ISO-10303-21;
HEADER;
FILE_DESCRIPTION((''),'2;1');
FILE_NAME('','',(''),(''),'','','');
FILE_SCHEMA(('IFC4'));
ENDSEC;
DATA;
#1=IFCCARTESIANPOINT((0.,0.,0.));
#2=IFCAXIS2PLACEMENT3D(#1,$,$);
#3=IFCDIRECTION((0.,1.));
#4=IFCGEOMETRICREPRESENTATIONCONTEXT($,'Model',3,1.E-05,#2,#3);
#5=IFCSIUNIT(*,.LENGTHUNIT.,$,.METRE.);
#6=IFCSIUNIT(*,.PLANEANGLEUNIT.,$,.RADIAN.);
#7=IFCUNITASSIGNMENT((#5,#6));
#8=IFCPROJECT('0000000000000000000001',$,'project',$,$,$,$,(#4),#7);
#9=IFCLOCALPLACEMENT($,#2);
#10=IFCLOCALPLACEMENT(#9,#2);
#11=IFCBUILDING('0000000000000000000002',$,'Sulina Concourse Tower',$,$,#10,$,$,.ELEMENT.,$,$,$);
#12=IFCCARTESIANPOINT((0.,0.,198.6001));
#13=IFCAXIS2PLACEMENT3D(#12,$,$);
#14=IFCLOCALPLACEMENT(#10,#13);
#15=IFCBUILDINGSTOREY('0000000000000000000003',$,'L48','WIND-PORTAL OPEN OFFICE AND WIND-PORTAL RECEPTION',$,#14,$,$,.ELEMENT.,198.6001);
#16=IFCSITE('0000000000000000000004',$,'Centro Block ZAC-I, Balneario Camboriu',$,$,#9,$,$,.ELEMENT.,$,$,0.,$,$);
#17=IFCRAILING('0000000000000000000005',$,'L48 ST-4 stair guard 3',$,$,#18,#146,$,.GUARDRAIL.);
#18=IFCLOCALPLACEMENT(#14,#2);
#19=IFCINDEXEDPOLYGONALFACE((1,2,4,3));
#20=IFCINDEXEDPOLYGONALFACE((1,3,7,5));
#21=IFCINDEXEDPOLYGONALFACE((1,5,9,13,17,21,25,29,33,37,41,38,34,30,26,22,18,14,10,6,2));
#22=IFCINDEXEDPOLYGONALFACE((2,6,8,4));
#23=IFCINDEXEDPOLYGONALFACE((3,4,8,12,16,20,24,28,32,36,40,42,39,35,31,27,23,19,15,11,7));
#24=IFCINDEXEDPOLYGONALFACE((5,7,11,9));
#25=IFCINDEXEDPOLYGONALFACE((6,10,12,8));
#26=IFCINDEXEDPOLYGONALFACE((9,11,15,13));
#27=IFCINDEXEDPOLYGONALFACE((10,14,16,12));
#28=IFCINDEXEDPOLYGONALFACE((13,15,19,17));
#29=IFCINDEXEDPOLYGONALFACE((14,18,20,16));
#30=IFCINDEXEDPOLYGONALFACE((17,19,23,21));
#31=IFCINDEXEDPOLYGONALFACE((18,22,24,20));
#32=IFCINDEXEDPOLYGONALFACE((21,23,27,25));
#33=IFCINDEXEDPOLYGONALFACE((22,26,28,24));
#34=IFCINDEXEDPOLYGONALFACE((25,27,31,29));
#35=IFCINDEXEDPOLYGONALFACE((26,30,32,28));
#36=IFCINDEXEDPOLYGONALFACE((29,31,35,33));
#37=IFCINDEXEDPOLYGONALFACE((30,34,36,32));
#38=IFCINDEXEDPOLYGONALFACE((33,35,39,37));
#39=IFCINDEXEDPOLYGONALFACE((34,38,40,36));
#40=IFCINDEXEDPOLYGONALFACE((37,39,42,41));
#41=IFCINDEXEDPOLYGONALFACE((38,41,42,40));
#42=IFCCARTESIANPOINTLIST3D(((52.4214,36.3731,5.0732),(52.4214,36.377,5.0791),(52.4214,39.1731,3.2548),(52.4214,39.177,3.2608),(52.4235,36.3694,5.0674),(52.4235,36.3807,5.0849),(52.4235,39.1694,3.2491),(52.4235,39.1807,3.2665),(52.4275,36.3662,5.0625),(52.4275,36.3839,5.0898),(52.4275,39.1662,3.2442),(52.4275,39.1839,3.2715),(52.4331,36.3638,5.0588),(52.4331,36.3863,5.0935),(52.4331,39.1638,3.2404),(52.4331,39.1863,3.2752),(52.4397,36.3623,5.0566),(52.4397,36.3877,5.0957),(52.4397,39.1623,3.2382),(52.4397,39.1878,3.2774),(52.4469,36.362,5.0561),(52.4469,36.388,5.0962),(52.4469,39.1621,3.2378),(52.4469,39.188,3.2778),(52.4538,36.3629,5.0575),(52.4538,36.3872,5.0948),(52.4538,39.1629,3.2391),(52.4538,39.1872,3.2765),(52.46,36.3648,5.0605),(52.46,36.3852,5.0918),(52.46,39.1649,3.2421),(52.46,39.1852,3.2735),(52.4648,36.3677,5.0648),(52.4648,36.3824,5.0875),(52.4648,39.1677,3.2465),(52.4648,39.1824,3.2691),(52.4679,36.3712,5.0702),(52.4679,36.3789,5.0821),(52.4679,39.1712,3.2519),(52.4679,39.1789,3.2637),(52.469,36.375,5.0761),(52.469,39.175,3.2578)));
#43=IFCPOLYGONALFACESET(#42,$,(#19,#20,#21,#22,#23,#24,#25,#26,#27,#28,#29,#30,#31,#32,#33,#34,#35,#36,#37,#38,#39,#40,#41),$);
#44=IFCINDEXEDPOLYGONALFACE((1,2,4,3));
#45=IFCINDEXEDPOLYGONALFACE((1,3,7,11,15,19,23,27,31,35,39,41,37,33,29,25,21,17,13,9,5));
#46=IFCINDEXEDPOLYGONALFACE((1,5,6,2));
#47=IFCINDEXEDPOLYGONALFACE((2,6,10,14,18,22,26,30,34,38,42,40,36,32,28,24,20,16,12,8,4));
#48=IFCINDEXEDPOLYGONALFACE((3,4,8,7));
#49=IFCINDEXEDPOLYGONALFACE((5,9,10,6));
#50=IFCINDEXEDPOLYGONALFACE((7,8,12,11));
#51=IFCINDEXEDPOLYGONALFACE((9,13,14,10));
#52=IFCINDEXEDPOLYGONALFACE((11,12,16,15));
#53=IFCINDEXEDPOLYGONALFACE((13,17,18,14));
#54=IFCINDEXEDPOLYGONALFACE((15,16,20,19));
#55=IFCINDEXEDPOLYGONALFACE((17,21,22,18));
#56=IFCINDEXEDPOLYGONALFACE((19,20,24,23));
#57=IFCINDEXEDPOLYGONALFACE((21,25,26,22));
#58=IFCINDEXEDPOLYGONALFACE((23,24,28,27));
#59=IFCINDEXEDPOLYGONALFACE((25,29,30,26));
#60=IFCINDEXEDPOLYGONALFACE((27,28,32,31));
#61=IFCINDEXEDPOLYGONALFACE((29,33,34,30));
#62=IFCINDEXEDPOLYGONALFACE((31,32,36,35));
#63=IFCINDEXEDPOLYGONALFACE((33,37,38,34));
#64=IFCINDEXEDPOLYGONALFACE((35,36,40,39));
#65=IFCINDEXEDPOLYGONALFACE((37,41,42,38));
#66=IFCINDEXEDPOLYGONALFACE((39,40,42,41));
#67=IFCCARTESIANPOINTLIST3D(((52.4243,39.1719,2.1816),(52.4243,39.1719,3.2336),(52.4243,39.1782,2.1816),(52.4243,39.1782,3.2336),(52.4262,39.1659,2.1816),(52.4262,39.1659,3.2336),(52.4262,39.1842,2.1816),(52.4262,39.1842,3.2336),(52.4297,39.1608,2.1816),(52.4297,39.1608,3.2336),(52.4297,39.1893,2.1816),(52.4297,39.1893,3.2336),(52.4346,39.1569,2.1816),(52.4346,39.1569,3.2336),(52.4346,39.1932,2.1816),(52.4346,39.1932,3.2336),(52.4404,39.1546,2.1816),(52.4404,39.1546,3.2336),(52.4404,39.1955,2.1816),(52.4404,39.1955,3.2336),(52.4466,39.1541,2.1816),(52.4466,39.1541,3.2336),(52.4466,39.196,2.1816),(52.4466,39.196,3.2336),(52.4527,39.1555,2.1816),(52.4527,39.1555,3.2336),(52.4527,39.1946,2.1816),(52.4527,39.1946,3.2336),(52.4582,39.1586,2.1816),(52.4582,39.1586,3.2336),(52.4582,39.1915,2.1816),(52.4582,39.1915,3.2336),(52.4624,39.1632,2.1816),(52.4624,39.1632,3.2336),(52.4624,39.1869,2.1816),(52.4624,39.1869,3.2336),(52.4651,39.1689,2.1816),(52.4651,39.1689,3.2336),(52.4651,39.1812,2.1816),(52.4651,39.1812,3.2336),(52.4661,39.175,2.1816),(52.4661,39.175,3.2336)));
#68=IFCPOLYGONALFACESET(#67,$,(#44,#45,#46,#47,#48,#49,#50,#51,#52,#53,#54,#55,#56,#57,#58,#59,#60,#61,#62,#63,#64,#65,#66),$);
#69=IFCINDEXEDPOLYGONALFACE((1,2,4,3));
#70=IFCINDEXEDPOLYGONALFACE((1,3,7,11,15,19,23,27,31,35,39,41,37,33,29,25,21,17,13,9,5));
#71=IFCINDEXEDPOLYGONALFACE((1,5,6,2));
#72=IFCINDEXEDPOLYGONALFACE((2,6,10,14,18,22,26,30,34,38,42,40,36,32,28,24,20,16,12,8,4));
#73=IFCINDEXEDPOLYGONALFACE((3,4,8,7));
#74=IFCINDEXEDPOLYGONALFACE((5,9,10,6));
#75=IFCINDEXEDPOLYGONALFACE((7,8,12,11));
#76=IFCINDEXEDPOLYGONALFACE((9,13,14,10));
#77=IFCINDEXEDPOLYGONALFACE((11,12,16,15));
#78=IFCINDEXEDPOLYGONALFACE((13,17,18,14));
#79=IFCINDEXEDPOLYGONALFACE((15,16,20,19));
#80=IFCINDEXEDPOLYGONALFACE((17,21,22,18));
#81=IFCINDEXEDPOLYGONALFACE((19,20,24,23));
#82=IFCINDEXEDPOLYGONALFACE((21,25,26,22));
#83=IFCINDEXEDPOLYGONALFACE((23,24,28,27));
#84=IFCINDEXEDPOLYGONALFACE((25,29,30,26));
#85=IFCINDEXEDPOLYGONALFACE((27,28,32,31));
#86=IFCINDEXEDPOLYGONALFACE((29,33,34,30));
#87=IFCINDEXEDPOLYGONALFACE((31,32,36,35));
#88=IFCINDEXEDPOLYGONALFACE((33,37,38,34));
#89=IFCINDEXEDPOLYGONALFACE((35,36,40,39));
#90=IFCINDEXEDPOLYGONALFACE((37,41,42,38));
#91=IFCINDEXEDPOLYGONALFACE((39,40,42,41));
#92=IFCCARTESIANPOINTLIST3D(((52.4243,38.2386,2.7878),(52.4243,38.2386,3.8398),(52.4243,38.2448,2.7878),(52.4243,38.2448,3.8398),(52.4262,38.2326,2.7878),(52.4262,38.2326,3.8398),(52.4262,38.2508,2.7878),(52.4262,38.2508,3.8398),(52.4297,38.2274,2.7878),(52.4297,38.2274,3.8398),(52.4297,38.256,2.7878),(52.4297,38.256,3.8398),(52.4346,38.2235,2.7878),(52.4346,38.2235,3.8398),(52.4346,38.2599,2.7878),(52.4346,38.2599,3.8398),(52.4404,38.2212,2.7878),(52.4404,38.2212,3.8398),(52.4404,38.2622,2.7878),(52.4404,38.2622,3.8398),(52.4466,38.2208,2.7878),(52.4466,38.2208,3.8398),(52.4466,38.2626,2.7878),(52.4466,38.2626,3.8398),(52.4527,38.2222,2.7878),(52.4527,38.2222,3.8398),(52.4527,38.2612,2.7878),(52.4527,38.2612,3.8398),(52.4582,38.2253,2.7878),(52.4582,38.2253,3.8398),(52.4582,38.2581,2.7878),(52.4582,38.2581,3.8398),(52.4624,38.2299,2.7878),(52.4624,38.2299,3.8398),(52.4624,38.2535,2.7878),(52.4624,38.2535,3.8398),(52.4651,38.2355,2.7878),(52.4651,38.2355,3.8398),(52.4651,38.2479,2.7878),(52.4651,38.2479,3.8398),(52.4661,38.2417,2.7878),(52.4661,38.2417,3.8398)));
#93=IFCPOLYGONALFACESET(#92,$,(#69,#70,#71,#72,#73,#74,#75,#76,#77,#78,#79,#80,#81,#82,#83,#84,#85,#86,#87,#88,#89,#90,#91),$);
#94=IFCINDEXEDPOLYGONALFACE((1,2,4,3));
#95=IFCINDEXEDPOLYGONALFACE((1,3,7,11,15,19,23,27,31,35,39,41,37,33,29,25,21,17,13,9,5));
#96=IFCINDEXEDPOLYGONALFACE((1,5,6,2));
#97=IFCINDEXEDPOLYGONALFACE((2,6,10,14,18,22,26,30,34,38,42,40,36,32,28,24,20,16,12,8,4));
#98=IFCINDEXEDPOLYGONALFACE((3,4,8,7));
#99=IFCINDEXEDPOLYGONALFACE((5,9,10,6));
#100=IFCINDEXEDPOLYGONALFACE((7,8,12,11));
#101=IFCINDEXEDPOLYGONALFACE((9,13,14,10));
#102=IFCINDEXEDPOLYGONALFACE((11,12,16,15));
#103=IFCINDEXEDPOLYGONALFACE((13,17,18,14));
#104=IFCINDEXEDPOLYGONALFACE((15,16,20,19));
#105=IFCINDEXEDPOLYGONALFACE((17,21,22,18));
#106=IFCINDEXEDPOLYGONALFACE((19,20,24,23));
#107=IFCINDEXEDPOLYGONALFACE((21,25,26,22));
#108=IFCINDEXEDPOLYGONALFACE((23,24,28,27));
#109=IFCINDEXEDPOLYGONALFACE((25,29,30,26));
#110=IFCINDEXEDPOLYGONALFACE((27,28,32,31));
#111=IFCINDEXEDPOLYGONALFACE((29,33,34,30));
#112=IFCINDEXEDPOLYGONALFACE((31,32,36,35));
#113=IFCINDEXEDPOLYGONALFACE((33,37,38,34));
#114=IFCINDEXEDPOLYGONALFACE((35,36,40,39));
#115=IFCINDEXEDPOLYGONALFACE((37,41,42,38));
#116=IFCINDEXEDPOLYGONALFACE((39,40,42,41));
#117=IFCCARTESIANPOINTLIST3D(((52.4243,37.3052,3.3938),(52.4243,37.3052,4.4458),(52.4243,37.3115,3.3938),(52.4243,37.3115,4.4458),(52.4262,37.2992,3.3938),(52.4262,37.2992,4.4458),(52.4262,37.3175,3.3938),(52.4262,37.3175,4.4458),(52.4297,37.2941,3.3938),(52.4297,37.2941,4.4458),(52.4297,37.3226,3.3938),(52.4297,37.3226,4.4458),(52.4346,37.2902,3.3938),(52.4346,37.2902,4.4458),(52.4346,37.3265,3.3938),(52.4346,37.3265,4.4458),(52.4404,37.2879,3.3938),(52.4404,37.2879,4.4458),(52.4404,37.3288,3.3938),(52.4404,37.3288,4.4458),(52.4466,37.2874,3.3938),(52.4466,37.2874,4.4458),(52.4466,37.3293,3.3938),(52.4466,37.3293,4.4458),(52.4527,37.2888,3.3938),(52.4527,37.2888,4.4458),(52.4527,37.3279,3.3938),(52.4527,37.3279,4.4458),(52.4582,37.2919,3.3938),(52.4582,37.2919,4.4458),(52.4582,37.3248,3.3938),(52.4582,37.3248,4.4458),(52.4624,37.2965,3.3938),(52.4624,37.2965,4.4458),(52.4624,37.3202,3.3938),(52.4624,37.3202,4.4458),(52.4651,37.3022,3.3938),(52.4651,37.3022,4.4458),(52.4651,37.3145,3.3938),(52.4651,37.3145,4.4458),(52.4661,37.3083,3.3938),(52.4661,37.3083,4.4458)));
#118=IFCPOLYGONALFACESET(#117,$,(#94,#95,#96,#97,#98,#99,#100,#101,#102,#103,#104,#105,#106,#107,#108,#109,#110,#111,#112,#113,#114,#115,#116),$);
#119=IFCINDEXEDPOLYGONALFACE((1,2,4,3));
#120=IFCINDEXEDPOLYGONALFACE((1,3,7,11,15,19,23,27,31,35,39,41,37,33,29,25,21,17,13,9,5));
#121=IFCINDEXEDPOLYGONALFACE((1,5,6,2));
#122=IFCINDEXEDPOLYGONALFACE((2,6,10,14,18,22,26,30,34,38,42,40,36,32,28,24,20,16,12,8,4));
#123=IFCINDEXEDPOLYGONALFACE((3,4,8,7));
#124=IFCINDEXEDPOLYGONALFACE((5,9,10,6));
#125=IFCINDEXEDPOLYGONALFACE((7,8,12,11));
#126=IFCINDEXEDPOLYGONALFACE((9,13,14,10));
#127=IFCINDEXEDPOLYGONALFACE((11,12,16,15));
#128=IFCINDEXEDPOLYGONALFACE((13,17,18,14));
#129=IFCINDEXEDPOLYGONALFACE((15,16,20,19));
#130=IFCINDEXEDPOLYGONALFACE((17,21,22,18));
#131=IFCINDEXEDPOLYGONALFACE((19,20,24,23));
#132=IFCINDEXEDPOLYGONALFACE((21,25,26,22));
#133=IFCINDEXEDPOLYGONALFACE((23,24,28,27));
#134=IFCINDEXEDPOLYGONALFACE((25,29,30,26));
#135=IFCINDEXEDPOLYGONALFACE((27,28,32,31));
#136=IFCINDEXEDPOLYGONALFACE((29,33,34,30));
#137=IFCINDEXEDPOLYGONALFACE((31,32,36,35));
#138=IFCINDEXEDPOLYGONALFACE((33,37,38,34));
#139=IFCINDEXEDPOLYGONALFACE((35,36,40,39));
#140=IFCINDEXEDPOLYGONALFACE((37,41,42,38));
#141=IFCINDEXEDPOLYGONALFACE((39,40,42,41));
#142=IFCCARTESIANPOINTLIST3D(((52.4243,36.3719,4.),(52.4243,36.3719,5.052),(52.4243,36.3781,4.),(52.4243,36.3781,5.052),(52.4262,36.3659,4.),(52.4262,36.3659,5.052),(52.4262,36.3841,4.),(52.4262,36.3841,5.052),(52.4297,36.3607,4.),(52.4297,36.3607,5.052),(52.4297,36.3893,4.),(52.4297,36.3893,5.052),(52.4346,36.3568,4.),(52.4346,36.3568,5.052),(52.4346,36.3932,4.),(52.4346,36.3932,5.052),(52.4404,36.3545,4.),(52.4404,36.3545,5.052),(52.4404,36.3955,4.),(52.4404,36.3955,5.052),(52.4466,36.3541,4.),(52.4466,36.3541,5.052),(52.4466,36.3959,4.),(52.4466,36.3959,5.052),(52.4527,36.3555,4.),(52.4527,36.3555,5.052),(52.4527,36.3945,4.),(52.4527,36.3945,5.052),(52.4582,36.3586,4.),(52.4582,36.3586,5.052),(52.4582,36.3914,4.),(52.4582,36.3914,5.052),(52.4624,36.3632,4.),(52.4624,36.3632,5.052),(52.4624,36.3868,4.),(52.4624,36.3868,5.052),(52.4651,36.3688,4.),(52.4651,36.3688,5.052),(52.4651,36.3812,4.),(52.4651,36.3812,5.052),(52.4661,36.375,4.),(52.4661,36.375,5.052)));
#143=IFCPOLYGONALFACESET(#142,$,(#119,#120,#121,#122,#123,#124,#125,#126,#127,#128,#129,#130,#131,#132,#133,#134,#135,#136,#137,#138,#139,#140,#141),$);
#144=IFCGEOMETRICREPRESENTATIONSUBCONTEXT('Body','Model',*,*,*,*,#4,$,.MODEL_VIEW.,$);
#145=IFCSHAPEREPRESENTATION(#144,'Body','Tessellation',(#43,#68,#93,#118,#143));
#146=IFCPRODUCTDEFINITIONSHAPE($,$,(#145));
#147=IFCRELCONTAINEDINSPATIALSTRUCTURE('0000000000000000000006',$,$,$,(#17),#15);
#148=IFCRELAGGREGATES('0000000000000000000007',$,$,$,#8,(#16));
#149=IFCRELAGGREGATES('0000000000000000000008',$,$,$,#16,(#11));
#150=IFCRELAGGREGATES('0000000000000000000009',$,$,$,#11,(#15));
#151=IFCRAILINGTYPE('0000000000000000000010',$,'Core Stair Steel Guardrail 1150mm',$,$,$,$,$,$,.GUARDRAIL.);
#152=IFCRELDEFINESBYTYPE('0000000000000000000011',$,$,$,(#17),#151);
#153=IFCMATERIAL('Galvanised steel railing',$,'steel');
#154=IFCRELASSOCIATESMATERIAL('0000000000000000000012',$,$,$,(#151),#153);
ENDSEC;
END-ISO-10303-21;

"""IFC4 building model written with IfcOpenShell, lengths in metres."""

from ifc_helpers import new_model, si_unit, direction, frame, origin, origin_2d, place, context, subcontext, project, spatial, circle, extrude, material, type_object, element, save


model = new_model("IFC4")

# Units and contexts
model_context = context("Model", 3, precision=1e-05, world=origin(), true_north=direction((0.0, 1.0)))
body_context = subcontext(model_context, "Body", "Model", "MODEL_VIEW")
ifc_project = project(units=[si_unit("LENGTHUNIT", "METRE"), si_unit("PLANEANGLEUNIT", "RADIAN")], contexts=[model_context])

# Site, building, storey
site_placement = place(None, origin())
site = spatial("IfcSite", under=ifc_project, at=site_placement, Name="Centro Block ZAC-I, Balneario Camboriu", CompositionType="ELEMENT", RefElevation=0.0)
building_placement = place(site_placement, origin())
building = spatial("IfcBuilding", under=site, at=building_placement, Name="Sulina Concourse Tower", CompositionType="ELEMENT")
storey_placement = place(building_placement, frame((0.0, 0.0, 198.6001)))
storey = spatial("IfcBuildingStorey", under=building, at=storey_placement, Name="L48", Description="WIND-PORTAL OPEN OFFICE AND WIND-PORTAL RECEPTION", CompositionType="ELEMENT", Elevation=198.6001)

# Railing
ifc_material_1 = material(Name="Galvanised steel railing", Category="steel")
railing_type_1 = type_object("IfcRailingType", Name="Core Stair Steel Guardrail 1150mm", PredefinedType="GUARDRAIL", material=ifc_material_1)
railing_1_placement = place(storey_placement, frame((52.4451, 39.175, 2.1816)))
element("IfcRailing", 1, at=railing_1_placement, inside=storey, type_object=railing_type_1, Name="L48 ST-4 stair guard 3", PredefinedType="GUARDRAIL", context=body_context, shape_type="SweptSolid", body=[
    extrude(circle(Radius=0.0239, at=origin_2d()), frame((0.0, 0.0, 1.0762), z_axis=(0.0, -0.838672, 0.544636), x_axis=(1.0, 0.0, 0.0)), (0.0, 0.0, 1.0), 3.3386),
    extrude(circle(Radius=0.021, at=origin_2d()), origin(), (0.0, 0.0, 1.0), 1.052),
    extrude(circle(Radius=0.021, at=origin_2d()), frame((0.0, -0.9333, 0.6062)), (0.0, 0.0, 1.0), 1.052),
    extrude(circle(Radius=0.021, at=origin_2d()), frame((0.0, -1.8667, 1.2122)), (0.0, 0.0, 1.0), 1.052),
    extrude(circle(Radius=0.021, at=origin_2d()), frame((0.0, -2.8, 1.8184)), (0.0, 0.0, 1.0), 1.052),
])

save(model, "model.ifc")
